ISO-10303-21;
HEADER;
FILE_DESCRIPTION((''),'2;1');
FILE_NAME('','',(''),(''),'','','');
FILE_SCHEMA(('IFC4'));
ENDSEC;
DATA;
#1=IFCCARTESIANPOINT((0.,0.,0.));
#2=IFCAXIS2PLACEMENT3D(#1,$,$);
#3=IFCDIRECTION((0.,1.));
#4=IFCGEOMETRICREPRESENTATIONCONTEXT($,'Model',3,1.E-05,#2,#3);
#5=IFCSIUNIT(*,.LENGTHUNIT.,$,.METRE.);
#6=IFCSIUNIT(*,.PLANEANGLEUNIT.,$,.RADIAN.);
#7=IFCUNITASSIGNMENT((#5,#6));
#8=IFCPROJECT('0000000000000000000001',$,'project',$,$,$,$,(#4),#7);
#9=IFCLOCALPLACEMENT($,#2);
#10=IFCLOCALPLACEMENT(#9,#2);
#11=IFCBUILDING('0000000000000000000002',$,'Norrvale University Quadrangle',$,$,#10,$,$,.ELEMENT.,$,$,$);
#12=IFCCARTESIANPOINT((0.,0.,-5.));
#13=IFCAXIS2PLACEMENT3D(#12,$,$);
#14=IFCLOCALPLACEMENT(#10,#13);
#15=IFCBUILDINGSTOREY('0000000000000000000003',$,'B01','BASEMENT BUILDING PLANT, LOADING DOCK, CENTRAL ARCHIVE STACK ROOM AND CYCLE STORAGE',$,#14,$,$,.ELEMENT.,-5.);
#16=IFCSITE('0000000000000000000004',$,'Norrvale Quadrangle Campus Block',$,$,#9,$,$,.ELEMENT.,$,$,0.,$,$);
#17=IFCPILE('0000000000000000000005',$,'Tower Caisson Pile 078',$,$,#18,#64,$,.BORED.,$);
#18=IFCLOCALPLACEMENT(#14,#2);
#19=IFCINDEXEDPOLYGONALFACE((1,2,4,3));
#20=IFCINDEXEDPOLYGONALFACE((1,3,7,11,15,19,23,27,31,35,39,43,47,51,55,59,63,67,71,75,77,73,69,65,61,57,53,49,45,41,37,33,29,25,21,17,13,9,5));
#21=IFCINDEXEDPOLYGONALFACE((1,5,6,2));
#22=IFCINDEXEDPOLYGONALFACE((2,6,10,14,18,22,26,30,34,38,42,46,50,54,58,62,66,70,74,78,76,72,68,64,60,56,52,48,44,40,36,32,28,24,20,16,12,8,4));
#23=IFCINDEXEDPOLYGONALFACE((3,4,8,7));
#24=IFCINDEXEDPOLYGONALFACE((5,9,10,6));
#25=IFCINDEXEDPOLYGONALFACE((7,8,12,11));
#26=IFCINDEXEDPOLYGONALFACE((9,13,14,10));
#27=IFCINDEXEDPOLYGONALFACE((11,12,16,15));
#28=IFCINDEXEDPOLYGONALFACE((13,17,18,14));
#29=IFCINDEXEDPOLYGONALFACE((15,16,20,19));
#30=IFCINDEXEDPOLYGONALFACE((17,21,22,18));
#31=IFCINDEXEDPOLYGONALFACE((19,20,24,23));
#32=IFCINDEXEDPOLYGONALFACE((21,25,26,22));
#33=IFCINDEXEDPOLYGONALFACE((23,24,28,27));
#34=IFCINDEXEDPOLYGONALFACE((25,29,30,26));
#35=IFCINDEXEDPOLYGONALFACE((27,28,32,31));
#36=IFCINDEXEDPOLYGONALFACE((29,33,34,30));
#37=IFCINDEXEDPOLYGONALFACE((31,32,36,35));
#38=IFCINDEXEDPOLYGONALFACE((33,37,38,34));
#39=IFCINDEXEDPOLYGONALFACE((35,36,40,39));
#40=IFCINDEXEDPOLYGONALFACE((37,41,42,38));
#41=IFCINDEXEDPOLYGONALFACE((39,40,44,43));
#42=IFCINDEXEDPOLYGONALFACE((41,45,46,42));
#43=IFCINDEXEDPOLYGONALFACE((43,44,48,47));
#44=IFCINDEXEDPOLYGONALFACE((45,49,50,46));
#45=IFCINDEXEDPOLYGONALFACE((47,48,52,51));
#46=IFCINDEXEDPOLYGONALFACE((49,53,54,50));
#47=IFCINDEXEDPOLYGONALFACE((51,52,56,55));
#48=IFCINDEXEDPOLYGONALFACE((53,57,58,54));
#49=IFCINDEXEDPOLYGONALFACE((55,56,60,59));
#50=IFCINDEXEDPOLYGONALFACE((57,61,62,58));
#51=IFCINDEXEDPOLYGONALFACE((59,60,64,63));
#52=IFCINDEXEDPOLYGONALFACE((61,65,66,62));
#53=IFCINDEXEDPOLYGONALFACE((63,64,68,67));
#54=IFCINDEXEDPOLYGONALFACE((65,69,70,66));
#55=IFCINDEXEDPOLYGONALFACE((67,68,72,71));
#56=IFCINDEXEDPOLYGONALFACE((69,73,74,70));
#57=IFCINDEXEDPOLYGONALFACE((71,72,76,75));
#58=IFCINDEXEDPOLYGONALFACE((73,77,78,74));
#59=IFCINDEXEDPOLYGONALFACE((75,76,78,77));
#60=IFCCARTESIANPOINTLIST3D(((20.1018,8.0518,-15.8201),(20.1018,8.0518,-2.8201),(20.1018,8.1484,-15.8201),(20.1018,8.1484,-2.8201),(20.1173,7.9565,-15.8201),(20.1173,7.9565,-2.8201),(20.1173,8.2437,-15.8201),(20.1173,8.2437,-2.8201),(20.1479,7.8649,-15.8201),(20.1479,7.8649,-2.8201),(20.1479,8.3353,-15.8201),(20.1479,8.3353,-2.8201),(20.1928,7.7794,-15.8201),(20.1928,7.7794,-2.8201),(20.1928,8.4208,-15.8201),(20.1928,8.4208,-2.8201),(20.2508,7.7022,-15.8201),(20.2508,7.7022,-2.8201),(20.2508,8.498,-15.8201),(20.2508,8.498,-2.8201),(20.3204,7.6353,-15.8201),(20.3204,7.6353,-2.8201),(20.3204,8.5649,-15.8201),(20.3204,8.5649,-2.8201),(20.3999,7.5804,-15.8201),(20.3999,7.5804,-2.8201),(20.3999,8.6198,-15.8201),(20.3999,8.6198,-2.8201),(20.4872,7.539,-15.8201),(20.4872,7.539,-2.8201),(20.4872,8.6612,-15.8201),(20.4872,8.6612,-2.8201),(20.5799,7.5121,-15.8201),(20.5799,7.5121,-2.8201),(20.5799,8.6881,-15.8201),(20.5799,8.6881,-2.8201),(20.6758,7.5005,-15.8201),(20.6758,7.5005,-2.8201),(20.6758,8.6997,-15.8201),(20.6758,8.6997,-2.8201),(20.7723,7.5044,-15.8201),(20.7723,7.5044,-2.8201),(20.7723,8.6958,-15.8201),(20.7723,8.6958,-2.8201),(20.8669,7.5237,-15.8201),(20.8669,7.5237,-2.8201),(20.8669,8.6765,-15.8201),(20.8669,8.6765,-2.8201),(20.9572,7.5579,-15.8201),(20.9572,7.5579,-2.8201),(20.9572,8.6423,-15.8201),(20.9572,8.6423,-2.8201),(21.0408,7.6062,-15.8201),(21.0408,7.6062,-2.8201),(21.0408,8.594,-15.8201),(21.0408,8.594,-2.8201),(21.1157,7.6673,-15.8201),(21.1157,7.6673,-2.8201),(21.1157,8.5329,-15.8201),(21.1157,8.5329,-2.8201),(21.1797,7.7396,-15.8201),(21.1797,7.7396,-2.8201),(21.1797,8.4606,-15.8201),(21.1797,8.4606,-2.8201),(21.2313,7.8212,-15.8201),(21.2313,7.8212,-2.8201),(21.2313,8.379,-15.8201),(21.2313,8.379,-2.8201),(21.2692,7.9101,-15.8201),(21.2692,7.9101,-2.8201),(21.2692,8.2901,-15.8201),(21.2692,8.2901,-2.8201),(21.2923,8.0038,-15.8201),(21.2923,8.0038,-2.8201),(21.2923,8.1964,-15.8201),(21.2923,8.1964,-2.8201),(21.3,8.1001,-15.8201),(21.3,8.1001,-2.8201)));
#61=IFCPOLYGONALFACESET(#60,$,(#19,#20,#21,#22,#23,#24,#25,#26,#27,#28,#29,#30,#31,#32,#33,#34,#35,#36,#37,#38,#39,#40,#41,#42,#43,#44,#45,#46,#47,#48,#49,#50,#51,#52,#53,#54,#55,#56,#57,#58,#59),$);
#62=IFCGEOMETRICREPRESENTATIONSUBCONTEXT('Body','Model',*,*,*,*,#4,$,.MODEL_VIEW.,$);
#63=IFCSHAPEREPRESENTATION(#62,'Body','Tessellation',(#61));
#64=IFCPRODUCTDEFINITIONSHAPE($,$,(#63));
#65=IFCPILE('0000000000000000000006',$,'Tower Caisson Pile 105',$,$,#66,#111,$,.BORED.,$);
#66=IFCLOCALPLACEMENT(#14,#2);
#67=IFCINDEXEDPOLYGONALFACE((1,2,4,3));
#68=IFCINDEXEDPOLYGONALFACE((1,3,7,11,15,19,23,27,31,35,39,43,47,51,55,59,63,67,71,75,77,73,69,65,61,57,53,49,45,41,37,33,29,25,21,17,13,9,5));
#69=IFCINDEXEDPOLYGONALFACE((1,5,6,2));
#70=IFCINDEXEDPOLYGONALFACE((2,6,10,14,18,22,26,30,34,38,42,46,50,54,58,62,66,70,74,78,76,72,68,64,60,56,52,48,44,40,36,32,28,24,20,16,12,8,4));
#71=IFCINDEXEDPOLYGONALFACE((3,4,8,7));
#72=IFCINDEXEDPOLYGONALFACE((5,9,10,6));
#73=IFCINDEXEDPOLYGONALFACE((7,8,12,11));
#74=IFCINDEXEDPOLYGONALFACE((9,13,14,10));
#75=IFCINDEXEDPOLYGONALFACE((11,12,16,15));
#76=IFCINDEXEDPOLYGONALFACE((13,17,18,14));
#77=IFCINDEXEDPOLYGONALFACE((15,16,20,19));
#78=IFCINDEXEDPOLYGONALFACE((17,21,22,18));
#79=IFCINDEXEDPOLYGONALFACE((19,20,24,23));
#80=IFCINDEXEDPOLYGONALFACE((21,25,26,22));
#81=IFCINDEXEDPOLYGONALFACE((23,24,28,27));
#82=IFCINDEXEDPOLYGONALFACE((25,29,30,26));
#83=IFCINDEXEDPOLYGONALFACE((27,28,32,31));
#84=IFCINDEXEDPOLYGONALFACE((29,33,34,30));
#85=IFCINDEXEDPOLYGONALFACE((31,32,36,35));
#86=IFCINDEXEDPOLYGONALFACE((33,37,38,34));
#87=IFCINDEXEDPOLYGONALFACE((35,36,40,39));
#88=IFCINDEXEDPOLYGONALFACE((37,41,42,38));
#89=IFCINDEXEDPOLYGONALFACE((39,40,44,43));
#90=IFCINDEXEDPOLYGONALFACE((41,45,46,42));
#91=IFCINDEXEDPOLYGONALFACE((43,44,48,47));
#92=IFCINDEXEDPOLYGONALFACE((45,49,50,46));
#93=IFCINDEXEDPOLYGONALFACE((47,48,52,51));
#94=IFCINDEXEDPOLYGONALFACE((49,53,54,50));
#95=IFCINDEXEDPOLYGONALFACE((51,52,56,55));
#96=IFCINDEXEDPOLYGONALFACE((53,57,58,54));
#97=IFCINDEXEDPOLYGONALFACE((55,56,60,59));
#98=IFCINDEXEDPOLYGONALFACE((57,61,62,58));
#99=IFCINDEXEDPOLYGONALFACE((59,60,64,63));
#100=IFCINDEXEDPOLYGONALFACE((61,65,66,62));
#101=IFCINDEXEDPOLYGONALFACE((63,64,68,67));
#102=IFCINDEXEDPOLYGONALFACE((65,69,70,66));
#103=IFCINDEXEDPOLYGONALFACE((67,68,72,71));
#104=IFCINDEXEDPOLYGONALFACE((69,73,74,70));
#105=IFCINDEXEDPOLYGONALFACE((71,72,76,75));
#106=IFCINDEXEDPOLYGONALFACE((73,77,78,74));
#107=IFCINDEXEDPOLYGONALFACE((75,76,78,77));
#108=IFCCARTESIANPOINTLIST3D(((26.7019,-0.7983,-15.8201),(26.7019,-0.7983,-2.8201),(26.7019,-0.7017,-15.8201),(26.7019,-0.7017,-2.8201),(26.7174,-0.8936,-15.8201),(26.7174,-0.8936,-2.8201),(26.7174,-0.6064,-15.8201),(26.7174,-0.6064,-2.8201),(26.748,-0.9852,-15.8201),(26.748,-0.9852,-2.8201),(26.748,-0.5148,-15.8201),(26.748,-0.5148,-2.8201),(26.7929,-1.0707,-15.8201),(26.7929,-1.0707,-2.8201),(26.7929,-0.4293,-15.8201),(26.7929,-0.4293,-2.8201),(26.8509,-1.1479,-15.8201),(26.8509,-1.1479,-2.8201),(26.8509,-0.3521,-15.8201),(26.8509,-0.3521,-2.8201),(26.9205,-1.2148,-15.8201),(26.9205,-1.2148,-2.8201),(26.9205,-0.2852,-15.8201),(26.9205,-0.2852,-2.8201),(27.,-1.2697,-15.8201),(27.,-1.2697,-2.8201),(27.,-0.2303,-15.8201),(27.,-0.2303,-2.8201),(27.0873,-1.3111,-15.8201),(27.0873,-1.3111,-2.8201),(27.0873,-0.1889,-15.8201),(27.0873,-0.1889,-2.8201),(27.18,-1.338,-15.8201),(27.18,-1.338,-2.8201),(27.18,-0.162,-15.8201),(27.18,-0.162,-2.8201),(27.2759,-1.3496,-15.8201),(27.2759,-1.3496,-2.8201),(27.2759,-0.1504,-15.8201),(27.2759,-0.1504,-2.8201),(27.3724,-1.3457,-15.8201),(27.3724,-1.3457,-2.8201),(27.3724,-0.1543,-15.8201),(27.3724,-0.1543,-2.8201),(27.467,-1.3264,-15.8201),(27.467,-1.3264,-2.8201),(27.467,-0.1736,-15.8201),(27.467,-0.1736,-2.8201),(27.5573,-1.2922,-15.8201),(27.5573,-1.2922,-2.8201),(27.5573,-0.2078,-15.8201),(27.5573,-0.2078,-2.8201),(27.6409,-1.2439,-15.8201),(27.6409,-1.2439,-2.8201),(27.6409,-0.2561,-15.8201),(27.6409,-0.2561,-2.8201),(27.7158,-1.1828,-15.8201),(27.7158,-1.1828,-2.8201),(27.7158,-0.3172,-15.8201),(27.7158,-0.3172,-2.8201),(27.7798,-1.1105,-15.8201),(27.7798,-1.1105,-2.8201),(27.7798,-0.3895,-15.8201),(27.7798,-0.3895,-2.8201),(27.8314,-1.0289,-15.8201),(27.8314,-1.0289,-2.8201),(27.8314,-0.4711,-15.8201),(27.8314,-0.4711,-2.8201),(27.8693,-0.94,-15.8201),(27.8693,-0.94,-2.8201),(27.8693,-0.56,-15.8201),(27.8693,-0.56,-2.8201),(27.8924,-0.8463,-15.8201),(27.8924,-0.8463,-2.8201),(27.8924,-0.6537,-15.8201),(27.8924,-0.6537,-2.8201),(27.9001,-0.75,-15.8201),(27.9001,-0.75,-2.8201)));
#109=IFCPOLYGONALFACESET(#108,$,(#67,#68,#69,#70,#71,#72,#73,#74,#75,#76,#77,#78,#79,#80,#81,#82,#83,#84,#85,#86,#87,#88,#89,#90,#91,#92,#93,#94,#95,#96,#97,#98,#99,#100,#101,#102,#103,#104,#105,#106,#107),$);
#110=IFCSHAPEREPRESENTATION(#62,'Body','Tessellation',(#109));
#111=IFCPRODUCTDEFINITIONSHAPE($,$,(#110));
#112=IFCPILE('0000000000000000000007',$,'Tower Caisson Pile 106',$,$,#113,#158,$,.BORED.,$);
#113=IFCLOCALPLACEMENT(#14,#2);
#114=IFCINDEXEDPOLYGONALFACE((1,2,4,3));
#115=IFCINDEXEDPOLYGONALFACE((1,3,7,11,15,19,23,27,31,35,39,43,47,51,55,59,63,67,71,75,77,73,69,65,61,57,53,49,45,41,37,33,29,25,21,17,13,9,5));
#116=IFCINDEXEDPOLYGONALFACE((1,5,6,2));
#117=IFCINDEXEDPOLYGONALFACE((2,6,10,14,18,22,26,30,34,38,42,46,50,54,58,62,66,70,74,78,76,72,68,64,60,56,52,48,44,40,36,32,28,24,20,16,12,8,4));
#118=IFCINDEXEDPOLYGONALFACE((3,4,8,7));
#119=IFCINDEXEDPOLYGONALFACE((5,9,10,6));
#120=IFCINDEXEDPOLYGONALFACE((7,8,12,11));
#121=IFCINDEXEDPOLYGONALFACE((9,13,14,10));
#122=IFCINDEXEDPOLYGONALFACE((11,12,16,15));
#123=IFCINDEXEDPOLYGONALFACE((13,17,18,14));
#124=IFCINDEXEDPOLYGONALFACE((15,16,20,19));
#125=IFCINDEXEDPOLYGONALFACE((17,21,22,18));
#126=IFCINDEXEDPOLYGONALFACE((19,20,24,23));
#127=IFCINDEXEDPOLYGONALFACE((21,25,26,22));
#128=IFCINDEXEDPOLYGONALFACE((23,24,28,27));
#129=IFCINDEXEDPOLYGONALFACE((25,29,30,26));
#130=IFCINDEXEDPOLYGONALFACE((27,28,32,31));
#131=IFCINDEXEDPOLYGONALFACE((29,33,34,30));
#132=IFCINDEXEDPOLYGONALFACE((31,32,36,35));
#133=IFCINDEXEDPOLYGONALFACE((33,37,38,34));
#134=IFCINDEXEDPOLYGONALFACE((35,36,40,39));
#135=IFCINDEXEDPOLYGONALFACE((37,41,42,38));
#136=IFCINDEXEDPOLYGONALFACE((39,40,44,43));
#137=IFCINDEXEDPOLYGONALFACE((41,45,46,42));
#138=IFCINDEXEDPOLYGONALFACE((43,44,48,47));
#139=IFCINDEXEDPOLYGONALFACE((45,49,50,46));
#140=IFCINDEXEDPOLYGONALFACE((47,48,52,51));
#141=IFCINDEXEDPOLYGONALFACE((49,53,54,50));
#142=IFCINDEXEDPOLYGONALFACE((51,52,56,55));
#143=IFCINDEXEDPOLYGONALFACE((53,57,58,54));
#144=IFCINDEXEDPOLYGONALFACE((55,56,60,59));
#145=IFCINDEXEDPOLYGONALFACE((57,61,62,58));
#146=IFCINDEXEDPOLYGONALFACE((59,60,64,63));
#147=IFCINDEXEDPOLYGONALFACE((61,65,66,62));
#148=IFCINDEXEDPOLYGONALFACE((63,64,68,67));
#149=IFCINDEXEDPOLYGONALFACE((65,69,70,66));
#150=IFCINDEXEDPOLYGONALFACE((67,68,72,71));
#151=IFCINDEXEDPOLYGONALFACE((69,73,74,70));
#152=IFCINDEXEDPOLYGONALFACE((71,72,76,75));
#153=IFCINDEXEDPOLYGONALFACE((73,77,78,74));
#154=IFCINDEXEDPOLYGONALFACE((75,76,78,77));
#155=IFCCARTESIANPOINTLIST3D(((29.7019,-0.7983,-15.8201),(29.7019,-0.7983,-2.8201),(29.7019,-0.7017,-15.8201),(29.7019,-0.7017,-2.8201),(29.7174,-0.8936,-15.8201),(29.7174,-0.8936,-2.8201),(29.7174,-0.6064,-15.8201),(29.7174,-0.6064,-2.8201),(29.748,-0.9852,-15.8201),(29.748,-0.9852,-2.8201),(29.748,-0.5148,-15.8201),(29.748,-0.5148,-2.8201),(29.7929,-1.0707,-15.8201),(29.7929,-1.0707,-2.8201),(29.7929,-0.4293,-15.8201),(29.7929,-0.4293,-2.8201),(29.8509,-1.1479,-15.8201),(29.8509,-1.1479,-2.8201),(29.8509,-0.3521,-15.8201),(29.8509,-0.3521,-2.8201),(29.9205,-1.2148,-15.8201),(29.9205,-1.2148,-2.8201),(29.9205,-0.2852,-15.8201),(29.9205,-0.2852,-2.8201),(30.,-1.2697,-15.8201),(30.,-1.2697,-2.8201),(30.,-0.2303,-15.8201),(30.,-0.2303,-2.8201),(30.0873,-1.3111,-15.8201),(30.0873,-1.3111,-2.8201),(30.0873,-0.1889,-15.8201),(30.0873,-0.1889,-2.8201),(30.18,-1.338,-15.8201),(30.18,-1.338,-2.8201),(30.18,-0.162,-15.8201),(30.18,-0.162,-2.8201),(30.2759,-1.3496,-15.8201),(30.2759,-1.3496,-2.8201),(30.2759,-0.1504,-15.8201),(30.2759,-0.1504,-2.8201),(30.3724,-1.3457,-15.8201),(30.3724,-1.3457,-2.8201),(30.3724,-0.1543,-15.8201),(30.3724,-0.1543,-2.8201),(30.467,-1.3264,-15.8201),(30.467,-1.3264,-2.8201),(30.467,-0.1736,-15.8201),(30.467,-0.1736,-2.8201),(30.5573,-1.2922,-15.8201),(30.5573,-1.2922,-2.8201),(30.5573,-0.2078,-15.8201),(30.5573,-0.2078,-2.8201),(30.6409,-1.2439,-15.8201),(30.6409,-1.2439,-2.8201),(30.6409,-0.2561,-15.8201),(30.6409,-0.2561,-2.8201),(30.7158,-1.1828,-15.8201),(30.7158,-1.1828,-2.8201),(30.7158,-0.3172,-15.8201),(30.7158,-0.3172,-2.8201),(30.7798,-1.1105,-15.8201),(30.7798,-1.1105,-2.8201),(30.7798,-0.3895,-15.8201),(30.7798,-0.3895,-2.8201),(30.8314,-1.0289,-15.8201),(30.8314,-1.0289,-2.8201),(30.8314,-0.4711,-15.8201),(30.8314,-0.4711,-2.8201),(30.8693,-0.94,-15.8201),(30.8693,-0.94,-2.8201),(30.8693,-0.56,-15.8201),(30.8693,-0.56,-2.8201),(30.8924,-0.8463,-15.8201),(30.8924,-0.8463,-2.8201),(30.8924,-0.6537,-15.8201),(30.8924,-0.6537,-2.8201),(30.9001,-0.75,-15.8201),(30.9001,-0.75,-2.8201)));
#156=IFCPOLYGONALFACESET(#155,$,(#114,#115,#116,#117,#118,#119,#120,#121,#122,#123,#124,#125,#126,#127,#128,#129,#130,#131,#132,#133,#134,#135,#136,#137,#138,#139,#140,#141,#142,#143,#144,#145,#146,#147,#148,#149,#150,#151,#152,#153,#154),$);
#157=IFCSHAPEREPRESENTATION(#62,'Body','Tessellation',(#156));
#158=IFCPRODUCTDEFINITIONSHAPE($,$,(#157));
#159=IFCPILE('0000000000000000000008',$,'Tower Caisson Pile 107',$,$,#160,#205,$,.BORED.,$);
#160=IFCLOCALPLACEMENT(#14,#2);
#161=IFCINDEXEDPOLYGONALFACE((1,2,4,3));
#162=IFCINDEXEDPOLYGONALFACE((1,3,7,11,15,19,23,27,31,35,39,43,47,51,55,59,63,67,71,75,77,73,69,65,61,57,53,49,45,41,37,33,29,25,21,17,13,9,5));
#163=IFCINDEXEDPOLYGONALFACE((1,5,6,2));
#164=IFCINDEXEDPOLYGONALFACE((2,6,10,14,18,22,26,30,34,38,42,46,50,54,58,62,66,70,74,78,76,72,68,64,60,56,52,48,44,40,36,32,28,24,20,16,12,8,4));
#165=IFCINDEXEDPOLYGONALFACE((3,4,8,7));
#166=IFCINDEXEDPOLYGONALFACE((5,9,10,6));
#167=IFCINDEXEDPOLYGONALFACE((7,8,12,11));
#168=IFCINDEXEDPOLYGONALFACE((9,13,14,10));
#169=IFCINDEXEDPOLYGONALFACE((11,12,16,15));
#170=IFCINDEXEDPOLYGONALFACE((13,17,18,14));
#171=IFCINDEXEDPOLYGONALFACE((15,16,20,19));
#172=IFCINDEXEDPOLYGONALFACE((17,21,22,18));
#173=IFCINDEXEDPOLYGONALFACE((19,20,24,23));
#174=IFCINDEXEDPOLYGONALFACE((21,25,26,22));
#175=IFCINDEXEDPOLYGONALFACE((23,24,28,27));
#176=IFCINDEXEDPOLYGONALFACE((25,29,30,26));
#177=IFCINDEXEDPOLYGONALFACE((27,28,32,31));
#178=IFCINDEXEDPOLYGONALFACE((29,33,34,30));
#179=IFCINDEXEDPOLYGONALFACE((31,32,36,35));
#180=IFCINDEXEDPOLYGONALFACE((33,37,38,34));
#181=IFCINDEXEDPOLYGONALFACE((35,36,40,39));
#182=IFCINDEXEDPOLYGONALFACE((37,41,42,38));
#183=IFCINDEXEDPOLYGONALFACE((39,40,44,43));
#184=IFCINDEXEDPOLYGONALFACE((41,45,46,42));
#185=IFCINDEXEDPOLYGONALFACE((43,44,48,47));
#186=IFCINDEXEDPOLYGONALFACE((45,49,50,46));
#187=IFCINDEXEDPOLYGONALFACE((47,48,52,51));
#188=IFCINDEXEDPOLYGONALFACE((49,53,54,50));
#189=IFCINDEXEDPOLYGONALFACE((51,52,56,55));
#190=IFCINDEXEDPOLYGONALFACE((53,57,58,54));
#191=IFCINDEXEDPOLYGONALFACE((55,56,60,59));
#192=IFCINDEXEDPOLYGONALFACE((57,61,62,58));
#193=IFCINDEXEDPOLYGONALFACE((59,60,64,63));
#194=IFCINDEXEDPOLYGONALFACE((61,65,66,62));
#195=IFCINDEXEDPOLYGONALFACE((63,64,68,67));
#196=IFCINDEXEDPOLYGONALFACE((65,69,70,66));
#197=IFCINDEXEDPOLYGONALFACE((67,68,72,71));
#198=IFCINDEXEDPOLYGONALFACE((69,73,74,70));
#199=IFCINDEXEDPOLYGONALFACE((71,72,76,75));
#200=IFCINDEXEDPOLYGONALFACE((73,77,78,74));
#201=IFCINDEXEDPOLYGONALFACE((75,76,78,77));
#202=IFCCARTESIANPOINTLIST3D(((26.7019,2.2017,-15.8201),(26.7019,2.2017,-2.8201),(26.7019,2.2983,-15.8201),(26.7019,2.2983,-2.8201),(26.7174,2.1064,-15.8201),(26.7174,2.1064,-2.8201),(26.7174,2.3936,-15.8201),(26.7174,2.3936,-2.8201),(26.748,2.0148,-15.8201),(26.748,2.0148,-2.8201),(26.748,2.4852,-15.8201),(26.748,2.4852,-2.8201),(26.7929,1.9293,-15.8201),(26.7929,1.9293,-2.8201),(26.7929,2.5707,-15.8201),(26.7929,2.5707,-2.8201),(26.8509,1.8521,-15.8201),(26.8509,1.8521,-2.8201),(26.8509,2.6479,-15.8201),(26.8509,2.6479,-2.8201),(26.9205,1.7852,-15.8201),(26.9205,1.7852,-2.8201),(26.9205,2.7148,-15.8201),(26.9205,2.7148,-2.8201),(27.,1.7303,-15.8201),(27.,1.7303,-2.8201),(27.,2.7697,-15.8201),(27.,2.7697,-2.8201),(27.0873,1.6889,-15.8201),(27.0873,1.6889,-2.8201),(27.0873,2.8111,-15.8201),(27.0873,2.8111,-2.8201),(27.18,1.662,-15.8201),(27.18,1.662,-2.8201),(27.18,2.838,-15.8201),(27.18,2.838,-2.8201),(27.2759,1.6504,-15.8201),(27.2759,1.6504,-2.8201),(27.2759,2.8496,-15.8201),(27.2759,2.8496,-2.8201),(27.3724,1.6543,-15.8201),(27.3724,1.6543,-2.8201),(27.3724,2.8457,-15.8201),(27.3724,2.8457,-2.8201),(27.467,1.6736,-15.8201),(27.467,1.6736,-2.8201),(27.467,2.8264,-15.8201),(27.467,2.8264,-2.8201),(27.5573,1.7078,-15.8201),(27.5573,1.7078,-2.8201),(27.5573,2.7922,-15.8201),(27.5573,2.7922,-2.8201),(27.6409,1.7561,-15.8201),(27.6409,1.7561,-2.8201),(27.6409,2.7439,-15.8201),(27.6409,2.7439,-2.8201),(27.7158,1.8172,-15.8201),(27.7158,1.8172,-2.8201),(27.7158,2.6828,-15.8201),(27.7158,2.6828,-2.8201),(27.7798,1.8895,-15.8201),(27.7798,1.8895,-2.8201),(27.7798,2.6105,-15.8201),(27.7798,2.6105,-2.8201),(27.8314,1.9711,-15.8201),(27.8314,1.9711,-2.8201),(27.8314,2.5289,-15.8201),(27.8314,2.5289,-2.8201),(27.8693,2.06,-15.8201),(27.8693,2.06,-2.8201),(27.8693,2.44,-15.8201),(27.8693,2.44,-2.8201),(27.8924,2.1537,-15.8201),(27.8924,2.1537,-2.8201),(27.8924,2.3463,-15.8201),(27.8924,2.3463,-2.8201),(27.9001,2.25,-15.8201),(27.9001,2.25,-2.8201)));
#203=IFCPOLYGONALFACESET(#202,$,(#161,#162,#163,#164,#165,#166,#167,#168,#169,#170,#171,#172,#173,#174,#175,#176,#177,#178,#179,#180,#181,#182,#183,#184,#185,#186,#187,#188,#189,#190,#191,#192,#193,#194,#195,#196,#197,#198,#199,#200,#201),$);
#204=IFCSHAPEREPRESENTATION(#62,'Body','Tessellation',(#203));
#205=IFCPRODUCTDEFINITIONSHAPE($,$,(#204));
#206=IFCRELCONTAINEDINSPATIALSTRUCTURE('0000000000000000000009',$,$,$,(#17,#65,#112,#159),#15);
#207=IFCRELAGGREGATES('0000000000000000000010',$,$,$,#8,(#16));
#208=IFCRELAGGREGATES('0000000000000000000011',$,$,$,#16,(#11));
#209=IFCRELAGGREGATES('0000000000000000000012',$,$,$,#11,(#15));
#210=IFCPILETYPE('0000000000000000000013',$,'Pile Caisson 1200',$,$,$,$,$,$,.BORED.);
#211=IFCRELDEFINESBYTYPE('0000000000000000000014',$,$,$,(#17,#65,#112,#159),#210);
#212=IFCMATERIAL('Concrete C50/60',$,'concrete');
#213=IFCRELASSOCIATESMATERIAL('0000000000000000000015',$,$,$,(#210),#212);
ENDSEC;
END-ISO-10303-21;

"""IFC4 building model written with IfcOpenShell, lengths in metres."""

from ifc_helpers import new_model, si_unit, direction, frame, origin, origin_2d, place, context, subcontext, project, spatial, circle, extrude, material, material_profile, profile_set, type_object, element, save


model = new_model("IFC4")

# Units and contexts
model_context = context("Model", 3, precision=1e-05, world=origin(), true_north=direction((0.0, 1.0)))
body_context = subcontext(model_context, "Body", "Model", "MODEL_VIEW")
ifc_project = project(units=[si_unit("LENGTHUNIT", "METRE"), si_unit("PLANEANGLEUNIT", "RADIAN")], contexts=[model_context])

# Site, building, storey
site_placement = place(None, origin())
site = spatial("IfcSite", under=ifc_project, at=site_placement, Name="Norrvale Quadrangle Campus Block", CompositionType="ELEMENT", RefElevation=0.0)
building_placement = place(site_placement, origin())
building = spatial("IfcBuilding", under=site, at=building_placement, Name="Norrvale University Quadrangle", CompositionType="ELEMENT")
storey_placement = place(building_placement, frame((0.0, 0.0, -5.0)))
storey = spatial("IfcBuildingStorey", under=building, at=storey_placement, Name="B01", Description="BASEMENT BUILDING PLANT, LOADING DOCK, CENTRAL ARCHIVE STACK ROOM AND CYCLE STORAGE", CompositionType="ELEMENT", Elevation=-5.0)

# Shared definitions
ifc_material_1 = material(Name="Concrete C50/60", Category="concrete")

# Piles
ifc_material_profile_1 = material_profile(ifc_material_1, circle(Radius=0.6001, at=origin_2d()), Name="Concrete C50/60")
ifc_profile_set_1 = profile_set([ifc_material_profile_1], Name="Concrete C50/60")
pile_type = type_object("IfcPileType", Name="Pile Caisson 1200", PredefinedType="BORED", material=ifc_profile_set_1)
for number, where, z_axis, x_axis, name in (
    (1, (20.7, 8.1001, -2.8201), (0.0, 0.0, -1.0), (1.0, 0.0, 0.0), "Tower Caisson Pile 078"),
    (2, (27.3, -0.75, -2.8201), (0.0, 0.0, -1.0), (1.0, 0.0, 0.0), "Tower Caisson Pile 105"),
    (3, (30.3, -0.75, -2.8201), (0.0, 0.0, -1.0), (1.0, 0.0, 0.0), "Tower Caisson Pile 106"),
    (4, (27.3, 2.25, -2.8201), (0.0, 0.0, -1.0), (1.0, 0.0, 0.0), "Tower Caisson Pile 107"),
):
    element("IfcPile", number, at=place(storey_placement, frame(where, z_axis=z_axis, x_axis=x_axis)), inside=storey, type_object=pile_type, Name=name, PredefinedType="BORED", context=body_context, shape_type="SweptSolid", body=[
        extrude(circle(Radius=0.6001, at=origin_2d()), origin(), (0.0, 0.0, 1.0), 13.0),
    ])

save(model, "model.ifc")
